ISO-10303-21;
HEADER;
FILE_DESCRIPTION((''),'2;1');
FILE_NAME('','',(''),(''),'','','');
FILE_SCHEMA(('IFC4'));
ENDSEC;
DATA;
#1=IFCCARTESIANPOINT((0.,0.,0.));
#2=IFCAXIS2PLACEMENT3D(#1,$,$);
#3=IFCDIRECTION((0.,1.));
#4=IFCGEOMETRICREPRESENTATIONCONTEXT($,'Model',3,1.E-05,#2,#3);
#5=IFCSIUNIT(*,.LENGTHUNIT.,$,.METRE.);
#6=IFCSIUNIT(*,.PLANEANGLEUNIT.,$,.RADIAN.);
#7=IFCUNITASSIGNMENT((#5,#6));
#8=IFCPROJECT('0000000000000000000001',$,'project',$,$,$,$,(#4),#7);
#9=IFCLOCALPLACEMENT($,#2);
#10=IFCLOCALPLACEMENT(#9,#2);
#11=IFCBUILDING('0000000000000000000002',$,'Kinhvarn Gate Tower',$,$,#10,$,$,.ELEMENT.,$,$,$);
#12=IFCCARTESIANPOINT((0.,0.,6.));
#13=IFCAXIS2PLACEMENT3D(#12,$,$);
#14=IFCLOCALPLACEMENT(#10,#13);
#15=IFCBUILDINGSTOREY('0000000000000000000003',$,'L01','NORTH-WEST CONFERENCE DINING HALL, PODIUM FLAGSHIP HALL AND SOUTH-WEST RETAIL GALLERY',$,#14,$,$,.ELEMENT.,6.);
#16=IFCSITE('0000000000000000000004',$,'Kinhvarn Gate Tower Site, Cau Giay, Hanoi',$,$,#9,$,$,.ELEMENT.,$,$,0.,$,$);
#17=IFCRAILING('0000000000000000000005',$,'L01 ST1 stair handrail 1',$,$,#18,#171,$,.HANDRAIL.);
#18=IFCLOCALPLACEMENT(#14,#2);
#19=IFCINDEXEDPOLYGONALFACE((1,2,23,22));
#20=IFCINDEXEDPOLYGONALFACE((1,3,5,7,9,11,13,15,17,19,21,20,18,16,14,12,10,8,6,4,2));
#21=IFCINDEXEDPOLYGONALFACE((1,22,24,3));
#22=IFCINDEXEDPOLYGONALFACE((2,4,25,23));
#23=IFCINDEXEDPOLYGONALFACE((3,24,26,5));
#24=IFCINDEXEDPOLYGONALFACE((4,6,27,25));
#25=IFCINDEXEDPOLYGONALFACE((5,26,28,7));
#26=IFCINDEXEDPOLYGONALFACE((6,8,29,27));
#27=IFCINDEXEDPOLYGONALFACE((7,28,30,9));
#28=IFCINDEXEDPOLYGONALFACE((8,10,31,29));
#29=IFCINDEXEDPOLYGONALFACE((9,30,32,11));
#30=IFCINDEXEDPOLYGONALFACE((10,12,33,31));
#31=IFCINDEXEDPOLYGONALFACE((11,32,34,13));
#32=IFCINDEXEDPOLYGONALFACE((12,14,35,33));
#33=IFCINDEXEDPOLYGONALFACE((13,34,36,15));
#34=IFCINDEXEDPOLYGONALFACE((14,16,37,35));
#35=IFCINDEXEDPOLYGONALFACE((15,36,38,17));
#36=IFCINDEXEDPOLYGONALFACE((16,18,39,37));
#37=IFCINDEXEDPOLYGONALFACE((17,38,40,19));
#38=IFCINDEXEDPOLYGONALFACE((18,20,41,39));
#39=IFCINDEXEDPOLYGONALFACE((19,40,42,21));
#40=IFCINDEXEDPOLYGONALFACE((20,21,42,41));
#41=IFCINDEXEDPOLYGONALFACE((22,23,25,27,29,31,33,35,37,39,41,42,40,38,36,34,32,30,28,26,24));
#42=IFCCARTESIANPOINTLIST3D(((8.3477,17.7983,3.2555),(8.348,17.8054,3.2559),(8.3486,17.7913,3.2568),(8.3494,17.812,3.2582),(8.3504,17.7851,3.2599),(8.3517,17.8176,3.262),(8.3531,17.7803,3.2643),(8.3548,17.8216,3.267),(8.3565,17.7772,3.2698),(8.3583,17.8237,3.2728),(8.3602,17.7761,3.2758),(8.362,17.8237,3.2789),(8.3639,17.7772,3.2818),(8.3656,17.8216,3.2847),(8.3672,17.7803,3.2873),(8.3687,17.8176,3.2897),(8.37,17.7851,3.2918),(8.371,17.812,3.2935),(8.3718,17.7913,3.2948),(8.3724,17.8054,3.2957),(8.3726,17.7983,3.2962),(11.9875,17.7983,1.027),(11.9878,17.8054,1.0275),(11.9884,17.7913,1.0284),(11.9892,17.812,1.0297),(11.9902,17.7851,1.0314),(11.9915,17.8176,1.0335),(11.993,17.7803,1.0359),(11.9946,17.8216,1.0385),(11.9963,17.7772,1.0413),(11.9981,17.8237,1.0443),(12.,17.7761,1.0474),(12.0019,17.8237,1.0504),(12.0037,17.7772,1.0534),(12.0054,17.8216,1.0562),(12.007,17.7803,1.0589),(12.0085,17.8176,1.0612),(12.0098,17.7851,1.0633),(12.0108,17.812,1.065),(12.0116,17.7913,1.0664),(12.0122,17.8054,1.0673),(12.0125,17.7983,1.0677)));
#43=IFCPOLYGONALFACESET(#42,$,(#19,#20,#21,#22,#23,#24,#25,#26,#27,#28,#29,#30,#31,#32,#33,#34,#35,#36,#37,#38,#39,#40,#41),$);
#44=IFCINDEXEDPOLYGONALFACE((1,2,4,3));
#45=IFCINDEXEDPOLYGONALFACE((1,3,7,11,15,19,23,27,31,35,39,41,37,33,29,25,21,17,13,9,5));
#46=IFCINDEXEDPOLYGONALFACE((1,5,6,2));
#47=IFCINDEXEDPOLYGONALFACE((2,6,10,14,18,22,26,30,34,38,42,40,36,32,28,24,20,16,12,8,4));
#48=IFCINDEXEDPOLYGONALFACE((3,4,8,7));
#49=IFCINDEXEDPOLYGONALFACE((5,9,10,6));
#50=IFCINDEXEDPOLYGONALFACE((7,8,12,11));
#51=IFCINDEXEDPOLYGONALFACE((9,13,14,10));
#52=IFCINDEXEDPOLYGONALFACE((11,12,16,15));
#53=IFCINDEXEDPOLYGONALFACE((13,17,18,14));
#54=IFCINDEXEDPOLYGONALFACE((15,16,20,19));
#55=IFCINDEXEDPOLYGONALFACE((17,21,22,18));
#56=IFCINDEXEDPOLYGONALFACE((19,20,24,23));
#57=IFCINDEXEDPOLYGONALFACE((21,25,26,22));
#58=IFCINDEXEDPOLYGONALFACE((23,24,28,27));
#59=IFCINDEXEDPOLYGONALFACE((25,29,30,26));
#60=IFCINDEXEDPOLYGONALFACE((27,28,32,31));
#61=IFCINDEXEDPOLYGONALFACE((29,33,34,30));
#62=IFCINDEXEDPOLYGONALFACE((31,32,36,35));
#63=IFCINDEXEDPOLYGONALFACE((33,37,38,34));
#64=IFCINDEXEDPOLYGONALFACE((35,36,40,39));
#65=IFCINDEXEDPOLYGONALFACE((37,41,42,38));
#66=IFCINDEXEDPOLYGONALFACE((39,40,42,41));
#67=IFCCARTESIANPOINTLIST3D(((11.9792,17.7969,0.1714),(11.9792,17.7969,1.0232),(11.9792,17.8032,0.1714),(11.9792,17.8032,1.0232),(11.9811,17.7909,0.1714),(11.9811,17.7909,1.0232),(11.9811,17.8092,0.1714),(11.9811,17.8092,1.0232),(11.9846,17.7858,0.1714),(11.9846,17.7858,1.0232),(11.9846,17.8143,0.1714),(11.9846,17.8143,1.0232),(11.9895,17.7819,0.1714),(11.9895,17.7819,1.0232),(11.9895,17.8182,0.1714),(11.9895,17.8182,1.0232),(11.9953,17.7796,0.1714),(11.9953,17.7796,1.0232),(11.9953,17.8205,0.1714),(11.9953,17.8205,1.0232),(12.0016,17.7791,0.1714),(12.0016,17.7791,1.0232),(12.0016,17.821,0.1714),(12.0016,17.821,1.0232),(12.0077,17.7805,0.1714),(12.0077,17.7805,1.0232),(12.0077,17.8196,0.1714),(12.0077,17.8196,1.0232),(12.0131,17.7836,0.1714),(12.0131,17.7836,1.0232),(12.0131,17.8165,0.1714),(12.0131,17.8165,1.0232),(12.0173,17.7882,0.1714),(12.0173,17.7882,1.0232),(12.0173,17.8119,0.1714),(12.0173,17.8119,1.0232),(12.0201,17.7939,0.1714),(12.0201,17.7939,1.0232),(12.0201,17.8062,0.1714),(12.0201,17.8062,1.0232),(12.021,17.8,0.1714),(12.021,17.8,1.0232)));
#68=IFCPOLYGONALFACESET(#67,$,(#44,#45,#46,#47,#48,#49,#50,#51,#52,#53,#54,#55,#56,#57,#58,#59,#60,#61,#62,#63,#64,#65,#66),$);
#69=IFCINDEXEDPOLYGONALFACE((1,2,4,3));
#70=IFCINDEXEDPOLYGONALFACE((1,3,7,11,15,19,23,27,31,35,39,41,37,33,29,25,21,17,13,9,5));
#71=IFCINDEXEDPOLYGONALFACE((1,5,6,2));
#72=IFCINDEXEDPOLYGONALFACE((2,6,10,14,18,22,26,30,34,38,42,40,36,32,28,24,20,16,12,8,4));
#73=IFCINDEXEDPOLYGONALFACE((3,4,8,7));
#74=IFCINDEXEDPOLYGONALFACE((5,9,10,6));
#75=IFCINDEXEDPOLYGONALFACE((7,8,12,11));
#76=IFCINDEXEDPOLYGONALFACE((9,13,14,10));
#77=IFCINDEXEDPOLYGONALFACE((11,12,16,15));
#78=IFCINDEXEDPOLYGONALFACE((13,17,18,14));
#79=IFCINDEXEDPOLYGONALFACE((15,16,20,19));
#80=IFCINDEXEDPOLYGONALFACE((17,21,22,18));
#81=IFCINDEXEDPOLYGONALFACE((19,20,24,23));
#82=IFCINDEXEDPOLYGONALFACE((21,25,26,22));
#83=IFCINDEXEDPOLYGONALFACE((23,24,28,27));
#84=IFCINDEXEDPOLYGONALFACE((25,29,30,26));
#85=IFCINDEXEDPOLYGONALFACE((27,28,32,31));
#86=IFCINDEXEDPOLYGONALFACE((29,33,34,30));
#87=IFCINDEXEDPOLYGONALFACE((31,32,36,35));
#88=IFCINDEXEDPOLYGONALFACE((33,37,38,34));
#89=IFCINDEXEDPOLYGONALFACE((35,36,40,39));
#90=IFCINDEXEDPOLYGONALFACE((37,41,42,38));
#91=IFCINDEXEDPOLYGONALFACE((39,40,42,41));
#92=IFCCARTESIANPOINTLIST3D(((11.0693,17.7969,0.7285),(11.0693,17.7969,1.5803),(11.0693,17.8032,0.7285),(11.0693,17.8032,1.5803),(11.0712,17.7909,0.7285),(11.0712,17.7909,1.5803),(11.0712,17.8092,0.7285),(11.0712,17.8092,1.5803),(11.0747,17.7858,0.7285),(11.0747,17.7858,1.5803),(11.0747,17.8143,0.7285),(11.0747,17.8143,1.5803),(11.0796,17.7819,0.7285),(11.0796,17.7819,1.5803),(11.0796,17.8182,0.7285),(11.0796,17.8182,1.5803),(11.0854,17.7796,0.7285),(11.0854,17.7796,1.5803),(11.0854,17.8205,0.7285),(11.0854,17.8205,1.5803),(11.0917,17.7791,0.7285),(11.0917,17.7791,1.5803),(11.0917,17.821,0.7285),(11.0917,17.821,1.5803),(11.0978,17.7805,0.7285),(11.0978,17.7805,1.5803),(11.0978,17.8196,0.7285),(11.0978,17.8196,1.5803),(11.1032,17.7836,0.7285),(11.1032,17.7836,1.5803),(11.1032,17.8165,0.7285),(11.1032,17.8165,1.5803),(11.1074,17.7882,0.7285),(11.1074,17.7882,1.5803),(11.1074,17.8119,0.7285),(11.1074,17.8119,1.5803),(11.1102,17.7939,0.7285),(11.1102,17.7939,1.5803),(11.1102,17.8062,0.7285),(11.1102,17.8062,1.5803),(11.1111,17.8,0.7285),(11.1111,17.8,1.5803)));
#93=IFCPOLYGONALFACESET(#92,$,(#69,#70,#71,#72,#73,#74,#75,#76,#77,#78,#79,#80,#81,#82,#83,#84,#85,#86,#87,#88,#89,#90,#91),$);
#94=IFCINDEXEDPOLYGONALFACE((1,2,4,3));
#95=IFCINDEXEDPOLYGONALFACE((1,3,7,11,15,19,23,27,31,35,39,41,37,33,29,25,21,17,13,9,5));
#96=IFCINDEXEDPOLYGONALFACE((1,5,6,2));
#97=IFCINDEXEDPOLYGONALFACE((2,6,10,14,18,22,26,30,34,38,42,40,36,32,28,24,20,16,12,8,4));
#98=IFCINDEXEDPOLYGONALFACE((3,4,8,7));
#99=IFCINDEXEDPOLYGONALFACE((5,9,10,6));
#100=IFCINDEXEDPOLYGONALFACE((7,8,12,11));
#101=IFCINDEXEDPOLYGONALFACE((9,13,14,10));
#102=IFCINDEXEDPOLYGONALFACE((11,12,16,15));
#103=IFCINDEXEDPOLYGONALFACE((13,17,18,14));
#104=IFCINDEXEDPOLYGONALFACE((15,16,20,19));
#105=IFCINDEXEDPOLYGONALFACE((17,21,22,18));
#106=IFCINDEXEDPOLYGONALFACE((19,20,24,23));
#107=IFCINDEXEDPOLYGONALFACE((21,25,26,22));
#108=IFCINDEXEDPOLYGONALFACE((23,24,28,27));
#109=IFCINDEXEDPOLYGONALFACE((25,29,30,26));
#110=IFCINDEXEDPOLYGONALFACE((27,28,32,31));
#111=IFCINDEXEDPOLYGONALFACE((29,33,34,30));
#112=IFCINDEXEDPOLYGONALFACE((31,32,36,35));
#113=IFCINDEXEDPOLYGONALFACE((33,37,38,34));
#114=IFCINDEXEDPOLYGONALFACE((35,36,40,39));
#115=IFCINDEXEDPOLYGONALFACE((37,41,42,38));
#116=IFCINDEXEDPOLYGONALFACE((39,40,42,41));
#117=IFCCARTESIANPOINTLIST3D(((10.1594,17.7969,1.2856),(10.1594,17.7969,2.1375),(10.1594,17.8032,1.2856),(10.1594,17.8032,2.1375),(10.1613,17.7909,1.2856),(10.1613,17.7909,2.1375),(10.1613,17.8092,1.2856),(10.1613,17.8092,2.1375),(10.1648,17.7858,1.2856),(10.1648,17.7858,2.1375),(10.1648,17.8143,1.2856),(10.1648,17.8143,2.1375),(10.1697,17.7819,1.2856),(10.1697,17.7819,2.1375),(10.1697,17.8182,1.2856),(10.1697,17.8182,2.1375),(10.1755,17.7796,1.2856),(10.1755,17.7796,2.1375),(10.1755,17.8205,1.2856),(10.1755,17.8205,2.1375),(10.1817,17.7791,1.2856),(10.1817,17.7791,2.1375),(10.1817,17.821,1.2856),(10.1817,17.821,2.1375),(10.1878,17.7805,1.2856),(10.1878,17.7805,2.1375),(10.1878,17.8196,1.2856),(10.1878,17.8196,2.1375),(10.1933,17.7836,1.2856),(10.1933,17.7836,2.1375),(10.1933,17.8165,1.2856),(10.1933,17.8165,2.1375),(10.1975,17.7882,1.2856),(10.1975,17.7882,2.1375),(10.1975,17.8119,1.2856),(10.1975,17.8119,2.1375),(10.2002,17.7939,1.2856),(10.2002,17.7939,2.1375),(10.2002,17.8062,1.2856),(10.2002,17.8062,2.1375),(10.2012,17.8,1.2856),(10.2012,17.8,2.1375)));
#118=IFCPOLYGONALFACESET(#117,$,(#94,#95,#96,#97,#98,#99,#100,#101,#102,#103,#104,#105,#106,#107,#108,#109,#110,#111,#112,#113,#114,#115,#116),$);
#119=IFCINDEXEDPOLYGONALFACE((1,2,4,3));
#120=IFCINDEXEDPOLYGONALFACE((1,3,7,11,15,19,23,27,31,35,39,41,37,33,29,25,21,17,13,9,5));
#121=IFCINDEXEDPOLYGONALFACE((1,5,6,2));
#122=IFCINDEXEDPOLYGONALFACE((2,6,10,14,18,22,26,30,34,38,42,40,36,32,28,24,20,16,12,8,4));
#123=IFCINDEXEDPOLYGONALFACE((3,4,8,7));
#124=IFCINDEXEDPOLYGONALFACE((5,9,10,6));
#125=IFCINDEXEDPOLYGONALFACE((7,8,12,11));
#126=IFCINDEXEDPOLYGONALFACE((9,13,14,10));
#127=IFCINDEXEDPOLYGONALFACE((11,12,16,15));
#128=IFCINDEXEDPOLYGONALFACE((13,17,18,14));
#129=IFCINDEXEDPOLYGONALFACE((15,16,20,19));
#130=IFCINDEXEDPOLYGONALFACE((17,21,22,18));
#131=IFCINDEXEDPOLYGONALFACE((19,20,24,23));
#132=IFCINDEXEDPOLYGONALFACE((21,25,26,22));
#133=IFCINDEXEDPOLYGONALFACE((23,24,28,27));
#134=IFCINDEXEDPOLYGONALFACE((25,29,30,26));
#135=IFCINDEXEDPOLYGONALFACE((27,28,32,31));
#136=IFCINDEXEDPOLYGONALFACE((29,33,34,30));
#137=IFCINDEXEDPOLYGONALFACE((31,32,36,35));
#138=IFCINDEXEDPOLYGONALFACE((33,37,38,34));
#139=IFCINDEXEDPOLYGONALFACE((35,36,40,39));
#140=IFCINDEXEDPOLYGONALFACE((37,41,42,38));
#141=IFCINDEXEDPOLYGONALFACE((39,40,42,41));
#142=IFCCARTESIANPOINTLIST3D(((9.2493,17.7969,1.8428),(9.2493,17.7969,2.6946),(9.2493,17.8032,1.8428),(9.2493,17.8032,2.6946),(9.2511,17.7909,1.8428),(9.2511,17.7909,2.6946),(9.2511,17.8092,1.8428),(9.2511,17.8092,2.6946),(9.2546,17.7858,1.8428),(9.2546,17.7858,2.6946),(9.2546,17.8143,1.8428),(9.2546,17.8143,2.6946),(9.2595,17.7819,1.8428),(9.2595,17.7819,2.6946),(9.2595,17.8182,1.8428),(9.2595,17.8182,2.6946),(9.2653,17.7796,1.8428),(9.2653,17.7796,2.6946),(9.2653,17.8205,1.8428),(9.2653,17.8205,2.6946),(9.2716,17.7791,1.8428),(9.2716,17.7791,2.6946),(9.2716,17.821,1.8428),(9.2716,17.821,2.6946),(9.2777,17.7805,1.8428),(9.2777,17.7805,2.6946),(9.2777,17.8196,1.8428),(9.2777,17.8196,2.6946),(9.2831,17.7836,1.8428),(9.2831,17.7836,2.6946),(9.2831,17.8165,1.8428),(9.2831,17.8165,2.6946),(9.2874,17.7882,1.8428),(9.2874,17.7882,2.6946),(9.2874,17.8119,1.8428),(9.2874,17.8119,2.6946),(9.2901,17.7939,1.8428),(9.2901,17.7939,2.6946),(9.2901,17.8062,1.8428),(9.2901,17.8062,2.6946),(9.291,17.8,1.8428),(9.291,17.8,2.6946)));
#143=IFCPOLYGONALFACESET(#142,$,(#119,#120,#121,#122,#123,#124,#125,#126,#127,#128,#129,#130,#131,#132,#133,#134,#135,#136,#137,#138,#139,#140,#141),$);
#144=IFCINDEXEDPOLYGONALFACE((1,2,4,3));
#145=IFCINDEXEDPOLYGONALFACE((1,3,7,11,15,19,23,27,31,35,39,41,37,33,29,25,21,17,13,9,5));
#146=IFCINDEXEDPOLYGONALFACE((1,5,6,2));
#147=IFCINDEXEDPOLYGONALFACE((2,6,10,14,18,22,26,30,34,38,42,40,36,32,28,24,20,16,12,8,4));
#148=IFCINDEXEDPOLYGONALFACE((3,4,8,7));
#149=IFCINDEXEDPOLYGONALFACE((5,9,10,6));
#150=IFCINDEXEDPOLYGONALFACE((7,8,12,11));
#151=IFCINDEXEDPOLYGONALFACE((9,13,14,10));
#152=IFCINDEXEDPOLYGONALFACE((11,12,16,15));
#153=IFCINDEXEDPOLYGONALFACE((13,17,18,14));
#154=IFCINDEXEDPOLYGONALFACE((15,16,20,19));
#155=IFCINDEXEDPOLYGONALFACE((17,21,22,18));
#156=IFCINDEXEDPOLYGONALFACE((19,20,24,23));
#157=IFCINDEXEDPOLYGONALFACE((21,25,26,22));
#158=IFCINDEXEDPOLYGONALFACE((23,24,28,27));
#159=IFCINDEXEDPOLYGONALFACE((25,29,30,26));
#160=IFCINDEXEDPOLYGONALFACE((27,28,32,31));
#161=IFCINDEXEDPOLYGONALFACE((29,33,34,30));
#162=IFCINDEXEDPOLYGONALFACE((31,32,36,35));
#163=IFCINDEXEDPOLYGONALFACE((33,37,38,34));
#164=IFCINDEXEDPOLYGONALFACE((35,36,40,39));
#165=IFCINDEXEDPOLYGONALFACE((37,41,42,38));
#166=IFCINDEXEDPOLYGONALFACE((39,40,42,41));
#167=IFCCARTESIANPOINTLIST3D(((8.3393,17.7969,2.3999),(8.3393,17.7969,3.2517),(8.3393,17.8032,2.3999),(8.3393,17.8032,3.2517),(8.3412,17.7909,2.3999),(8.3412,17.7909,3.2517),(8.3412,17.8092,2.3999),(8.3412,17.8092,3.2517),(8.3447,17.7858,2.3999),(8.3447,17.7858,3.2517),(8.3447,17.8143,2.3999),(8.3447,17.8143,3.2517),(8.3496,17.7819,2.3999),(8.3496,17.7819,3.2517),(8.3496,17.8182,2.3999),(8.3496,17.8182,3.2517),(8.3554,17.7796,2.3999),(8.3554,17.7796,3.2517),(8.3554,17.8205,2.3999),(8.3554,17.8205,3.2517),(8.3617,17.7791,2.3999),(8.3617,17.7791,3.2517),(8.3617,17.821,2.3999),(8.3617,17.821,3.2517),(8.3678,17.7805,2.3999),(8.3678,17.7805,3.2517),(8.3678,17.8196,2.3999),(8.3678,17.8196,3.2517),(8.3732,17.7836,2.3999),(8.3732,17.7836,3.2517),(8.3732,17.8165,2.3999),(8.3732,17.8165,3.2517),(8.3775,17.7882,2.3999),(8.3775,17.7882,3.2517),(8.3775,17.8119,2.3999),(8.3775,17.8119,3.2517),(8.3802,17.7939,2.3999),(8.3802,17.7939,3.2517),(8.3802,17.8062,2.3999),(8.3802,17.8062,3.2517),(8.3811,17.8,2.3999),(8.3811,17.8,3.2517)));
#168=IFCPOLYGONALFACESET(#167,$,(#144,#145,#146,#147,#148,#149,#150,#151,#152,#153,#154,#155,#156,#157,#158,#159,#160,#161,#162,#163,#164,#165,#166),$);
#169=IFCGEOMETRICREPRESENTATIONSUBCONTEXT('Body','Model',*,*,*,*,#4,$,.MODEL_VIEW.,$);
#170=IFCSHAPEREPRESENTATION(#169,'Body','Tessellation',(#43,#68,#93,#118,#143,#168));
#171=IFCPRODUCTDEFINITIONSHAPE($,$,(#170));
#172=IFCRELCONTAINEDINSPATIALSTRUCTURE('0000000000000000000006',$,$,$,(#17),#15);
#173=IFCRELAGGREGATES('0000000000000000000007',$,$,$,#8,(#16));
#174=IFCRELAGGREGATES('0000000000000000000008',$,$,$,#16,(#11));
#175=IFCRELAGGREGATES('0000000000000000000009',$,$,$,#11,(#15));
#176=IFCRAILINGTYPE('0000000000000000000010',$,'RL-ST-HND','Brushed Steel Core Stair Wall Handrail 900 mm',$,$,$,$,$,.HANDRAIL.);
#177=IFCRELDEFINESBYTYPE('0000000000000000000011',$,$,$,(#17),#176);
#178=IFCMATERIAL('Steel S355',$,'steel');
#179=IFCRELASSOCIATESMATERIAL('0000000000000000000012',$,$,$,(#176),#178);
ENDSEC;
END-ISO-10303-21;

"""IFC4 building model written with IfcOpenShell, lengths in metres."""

from ifc_helpers import new_model, si_unit, direction, frame, origin, origin_2d, place, context, subcontext, project, spatial, circle, extrude, material, type_object, element, save


model = new_model("IFC4")

# Units and contexts
model_context = context("Model", 3, precision=1e-05, world=origin(), true_north=direction((0.0, 1.0)))
body_context = subcontext(model_context, "Body", "Model", "MODEL_VIEW")
ifc_project = project(units=[si_unit("LENGTHUNIT", "METRE"), si_unit("PLANEANGLEUNIT", "RADIAN")], contexts=[model_context])

# Site, building, storey
site_placement = place(None, origin())
site = spatial("IfcSite", under=ifc_project, at=site_placement, Name="Kinhvarn Gate Tower Site, Cau Giay, Hanoi", CompositionType="ELEMENT", RefElevation=0.0)
building_placement = place(site_placement, origin())
building = spatial("IfcBuilding", under=site, at=building_placement, Name="Kinhvarn Gate Tower", CompositionType="ELEMENT")
storey_placement = place(building_placement, frame((0.0, 0.0, 6.0)))
storey = spatial("IfcBuildingStorey", under=building, at=storey_placement, Name="L01", Description="NORTH-WEST CONFERENCE DINING HALL, PODIUM FLAGSHIP HALL AND SOUTH-WEST RETAIL GALLERY", CompositionType="ELEMENT", Elevation=6.0)

# Shared definitions
ifc_material_1 = material(Name="Steel S355", Category="steel")

# Railing
railing_type_1 = type_object("IfcRailingType", Name="RL-ST-HND", Description="Brushed Steel Core Stair Wall Handrail 900 mm", PredefinedType="HANDRAIL", material=ifc_material_1)
railing_1_placement = place(storey_placement, frame((12.0, 17.8, 0.1714)))
element("IfcRailing", 1, at=railing_1_placement, inside=storey, type_object=railing_type_1, Name="L01 ST1 stair handrail 1", PredefinedType="HANDRAIL", context=body_context, shape_type="SweptSolid", body=[
    extrude(circle(Radius=0.0239, at=origin_2d()), frame((0.0, 0.0, 0.876), z_axis=(-0.85285, 0.0, 0.522156), x_axis=(0.0, -1.0, 0.0)), (0.0, 0.0, 1.0), 4.2678),
    extrude(circle(Radius=0.021, at=origin_2d()), origin(), (0.0, 0.0, 1.0), 0.8518),
    extrude(circle(Radius=0.021, at=origin_2d()), frame((-0.9099, 0.0, 0.5571)), (0.0, 0.0, 1.0), 0.8518),
    extrude(circle(Radius=0.021, at=origin_2d()), frame((-1.8198, 0.0, 1.1143)), (0.0, 0.0, 1.0), 0.8518),
    extrude(circle(Radius=0.021, at=origin_2d()), frame((-2.73, 0.0, 1.6714)), (0.0, 0.0, 1.0), 0.8518),
    extrude(circle(Radius=0.021, at=origin_2d()), frame((-3.6399, 0.0, 2.2285)), (0.0, 0.0, 1.0), 0.8518),
])

save(model, "model.ifc")
